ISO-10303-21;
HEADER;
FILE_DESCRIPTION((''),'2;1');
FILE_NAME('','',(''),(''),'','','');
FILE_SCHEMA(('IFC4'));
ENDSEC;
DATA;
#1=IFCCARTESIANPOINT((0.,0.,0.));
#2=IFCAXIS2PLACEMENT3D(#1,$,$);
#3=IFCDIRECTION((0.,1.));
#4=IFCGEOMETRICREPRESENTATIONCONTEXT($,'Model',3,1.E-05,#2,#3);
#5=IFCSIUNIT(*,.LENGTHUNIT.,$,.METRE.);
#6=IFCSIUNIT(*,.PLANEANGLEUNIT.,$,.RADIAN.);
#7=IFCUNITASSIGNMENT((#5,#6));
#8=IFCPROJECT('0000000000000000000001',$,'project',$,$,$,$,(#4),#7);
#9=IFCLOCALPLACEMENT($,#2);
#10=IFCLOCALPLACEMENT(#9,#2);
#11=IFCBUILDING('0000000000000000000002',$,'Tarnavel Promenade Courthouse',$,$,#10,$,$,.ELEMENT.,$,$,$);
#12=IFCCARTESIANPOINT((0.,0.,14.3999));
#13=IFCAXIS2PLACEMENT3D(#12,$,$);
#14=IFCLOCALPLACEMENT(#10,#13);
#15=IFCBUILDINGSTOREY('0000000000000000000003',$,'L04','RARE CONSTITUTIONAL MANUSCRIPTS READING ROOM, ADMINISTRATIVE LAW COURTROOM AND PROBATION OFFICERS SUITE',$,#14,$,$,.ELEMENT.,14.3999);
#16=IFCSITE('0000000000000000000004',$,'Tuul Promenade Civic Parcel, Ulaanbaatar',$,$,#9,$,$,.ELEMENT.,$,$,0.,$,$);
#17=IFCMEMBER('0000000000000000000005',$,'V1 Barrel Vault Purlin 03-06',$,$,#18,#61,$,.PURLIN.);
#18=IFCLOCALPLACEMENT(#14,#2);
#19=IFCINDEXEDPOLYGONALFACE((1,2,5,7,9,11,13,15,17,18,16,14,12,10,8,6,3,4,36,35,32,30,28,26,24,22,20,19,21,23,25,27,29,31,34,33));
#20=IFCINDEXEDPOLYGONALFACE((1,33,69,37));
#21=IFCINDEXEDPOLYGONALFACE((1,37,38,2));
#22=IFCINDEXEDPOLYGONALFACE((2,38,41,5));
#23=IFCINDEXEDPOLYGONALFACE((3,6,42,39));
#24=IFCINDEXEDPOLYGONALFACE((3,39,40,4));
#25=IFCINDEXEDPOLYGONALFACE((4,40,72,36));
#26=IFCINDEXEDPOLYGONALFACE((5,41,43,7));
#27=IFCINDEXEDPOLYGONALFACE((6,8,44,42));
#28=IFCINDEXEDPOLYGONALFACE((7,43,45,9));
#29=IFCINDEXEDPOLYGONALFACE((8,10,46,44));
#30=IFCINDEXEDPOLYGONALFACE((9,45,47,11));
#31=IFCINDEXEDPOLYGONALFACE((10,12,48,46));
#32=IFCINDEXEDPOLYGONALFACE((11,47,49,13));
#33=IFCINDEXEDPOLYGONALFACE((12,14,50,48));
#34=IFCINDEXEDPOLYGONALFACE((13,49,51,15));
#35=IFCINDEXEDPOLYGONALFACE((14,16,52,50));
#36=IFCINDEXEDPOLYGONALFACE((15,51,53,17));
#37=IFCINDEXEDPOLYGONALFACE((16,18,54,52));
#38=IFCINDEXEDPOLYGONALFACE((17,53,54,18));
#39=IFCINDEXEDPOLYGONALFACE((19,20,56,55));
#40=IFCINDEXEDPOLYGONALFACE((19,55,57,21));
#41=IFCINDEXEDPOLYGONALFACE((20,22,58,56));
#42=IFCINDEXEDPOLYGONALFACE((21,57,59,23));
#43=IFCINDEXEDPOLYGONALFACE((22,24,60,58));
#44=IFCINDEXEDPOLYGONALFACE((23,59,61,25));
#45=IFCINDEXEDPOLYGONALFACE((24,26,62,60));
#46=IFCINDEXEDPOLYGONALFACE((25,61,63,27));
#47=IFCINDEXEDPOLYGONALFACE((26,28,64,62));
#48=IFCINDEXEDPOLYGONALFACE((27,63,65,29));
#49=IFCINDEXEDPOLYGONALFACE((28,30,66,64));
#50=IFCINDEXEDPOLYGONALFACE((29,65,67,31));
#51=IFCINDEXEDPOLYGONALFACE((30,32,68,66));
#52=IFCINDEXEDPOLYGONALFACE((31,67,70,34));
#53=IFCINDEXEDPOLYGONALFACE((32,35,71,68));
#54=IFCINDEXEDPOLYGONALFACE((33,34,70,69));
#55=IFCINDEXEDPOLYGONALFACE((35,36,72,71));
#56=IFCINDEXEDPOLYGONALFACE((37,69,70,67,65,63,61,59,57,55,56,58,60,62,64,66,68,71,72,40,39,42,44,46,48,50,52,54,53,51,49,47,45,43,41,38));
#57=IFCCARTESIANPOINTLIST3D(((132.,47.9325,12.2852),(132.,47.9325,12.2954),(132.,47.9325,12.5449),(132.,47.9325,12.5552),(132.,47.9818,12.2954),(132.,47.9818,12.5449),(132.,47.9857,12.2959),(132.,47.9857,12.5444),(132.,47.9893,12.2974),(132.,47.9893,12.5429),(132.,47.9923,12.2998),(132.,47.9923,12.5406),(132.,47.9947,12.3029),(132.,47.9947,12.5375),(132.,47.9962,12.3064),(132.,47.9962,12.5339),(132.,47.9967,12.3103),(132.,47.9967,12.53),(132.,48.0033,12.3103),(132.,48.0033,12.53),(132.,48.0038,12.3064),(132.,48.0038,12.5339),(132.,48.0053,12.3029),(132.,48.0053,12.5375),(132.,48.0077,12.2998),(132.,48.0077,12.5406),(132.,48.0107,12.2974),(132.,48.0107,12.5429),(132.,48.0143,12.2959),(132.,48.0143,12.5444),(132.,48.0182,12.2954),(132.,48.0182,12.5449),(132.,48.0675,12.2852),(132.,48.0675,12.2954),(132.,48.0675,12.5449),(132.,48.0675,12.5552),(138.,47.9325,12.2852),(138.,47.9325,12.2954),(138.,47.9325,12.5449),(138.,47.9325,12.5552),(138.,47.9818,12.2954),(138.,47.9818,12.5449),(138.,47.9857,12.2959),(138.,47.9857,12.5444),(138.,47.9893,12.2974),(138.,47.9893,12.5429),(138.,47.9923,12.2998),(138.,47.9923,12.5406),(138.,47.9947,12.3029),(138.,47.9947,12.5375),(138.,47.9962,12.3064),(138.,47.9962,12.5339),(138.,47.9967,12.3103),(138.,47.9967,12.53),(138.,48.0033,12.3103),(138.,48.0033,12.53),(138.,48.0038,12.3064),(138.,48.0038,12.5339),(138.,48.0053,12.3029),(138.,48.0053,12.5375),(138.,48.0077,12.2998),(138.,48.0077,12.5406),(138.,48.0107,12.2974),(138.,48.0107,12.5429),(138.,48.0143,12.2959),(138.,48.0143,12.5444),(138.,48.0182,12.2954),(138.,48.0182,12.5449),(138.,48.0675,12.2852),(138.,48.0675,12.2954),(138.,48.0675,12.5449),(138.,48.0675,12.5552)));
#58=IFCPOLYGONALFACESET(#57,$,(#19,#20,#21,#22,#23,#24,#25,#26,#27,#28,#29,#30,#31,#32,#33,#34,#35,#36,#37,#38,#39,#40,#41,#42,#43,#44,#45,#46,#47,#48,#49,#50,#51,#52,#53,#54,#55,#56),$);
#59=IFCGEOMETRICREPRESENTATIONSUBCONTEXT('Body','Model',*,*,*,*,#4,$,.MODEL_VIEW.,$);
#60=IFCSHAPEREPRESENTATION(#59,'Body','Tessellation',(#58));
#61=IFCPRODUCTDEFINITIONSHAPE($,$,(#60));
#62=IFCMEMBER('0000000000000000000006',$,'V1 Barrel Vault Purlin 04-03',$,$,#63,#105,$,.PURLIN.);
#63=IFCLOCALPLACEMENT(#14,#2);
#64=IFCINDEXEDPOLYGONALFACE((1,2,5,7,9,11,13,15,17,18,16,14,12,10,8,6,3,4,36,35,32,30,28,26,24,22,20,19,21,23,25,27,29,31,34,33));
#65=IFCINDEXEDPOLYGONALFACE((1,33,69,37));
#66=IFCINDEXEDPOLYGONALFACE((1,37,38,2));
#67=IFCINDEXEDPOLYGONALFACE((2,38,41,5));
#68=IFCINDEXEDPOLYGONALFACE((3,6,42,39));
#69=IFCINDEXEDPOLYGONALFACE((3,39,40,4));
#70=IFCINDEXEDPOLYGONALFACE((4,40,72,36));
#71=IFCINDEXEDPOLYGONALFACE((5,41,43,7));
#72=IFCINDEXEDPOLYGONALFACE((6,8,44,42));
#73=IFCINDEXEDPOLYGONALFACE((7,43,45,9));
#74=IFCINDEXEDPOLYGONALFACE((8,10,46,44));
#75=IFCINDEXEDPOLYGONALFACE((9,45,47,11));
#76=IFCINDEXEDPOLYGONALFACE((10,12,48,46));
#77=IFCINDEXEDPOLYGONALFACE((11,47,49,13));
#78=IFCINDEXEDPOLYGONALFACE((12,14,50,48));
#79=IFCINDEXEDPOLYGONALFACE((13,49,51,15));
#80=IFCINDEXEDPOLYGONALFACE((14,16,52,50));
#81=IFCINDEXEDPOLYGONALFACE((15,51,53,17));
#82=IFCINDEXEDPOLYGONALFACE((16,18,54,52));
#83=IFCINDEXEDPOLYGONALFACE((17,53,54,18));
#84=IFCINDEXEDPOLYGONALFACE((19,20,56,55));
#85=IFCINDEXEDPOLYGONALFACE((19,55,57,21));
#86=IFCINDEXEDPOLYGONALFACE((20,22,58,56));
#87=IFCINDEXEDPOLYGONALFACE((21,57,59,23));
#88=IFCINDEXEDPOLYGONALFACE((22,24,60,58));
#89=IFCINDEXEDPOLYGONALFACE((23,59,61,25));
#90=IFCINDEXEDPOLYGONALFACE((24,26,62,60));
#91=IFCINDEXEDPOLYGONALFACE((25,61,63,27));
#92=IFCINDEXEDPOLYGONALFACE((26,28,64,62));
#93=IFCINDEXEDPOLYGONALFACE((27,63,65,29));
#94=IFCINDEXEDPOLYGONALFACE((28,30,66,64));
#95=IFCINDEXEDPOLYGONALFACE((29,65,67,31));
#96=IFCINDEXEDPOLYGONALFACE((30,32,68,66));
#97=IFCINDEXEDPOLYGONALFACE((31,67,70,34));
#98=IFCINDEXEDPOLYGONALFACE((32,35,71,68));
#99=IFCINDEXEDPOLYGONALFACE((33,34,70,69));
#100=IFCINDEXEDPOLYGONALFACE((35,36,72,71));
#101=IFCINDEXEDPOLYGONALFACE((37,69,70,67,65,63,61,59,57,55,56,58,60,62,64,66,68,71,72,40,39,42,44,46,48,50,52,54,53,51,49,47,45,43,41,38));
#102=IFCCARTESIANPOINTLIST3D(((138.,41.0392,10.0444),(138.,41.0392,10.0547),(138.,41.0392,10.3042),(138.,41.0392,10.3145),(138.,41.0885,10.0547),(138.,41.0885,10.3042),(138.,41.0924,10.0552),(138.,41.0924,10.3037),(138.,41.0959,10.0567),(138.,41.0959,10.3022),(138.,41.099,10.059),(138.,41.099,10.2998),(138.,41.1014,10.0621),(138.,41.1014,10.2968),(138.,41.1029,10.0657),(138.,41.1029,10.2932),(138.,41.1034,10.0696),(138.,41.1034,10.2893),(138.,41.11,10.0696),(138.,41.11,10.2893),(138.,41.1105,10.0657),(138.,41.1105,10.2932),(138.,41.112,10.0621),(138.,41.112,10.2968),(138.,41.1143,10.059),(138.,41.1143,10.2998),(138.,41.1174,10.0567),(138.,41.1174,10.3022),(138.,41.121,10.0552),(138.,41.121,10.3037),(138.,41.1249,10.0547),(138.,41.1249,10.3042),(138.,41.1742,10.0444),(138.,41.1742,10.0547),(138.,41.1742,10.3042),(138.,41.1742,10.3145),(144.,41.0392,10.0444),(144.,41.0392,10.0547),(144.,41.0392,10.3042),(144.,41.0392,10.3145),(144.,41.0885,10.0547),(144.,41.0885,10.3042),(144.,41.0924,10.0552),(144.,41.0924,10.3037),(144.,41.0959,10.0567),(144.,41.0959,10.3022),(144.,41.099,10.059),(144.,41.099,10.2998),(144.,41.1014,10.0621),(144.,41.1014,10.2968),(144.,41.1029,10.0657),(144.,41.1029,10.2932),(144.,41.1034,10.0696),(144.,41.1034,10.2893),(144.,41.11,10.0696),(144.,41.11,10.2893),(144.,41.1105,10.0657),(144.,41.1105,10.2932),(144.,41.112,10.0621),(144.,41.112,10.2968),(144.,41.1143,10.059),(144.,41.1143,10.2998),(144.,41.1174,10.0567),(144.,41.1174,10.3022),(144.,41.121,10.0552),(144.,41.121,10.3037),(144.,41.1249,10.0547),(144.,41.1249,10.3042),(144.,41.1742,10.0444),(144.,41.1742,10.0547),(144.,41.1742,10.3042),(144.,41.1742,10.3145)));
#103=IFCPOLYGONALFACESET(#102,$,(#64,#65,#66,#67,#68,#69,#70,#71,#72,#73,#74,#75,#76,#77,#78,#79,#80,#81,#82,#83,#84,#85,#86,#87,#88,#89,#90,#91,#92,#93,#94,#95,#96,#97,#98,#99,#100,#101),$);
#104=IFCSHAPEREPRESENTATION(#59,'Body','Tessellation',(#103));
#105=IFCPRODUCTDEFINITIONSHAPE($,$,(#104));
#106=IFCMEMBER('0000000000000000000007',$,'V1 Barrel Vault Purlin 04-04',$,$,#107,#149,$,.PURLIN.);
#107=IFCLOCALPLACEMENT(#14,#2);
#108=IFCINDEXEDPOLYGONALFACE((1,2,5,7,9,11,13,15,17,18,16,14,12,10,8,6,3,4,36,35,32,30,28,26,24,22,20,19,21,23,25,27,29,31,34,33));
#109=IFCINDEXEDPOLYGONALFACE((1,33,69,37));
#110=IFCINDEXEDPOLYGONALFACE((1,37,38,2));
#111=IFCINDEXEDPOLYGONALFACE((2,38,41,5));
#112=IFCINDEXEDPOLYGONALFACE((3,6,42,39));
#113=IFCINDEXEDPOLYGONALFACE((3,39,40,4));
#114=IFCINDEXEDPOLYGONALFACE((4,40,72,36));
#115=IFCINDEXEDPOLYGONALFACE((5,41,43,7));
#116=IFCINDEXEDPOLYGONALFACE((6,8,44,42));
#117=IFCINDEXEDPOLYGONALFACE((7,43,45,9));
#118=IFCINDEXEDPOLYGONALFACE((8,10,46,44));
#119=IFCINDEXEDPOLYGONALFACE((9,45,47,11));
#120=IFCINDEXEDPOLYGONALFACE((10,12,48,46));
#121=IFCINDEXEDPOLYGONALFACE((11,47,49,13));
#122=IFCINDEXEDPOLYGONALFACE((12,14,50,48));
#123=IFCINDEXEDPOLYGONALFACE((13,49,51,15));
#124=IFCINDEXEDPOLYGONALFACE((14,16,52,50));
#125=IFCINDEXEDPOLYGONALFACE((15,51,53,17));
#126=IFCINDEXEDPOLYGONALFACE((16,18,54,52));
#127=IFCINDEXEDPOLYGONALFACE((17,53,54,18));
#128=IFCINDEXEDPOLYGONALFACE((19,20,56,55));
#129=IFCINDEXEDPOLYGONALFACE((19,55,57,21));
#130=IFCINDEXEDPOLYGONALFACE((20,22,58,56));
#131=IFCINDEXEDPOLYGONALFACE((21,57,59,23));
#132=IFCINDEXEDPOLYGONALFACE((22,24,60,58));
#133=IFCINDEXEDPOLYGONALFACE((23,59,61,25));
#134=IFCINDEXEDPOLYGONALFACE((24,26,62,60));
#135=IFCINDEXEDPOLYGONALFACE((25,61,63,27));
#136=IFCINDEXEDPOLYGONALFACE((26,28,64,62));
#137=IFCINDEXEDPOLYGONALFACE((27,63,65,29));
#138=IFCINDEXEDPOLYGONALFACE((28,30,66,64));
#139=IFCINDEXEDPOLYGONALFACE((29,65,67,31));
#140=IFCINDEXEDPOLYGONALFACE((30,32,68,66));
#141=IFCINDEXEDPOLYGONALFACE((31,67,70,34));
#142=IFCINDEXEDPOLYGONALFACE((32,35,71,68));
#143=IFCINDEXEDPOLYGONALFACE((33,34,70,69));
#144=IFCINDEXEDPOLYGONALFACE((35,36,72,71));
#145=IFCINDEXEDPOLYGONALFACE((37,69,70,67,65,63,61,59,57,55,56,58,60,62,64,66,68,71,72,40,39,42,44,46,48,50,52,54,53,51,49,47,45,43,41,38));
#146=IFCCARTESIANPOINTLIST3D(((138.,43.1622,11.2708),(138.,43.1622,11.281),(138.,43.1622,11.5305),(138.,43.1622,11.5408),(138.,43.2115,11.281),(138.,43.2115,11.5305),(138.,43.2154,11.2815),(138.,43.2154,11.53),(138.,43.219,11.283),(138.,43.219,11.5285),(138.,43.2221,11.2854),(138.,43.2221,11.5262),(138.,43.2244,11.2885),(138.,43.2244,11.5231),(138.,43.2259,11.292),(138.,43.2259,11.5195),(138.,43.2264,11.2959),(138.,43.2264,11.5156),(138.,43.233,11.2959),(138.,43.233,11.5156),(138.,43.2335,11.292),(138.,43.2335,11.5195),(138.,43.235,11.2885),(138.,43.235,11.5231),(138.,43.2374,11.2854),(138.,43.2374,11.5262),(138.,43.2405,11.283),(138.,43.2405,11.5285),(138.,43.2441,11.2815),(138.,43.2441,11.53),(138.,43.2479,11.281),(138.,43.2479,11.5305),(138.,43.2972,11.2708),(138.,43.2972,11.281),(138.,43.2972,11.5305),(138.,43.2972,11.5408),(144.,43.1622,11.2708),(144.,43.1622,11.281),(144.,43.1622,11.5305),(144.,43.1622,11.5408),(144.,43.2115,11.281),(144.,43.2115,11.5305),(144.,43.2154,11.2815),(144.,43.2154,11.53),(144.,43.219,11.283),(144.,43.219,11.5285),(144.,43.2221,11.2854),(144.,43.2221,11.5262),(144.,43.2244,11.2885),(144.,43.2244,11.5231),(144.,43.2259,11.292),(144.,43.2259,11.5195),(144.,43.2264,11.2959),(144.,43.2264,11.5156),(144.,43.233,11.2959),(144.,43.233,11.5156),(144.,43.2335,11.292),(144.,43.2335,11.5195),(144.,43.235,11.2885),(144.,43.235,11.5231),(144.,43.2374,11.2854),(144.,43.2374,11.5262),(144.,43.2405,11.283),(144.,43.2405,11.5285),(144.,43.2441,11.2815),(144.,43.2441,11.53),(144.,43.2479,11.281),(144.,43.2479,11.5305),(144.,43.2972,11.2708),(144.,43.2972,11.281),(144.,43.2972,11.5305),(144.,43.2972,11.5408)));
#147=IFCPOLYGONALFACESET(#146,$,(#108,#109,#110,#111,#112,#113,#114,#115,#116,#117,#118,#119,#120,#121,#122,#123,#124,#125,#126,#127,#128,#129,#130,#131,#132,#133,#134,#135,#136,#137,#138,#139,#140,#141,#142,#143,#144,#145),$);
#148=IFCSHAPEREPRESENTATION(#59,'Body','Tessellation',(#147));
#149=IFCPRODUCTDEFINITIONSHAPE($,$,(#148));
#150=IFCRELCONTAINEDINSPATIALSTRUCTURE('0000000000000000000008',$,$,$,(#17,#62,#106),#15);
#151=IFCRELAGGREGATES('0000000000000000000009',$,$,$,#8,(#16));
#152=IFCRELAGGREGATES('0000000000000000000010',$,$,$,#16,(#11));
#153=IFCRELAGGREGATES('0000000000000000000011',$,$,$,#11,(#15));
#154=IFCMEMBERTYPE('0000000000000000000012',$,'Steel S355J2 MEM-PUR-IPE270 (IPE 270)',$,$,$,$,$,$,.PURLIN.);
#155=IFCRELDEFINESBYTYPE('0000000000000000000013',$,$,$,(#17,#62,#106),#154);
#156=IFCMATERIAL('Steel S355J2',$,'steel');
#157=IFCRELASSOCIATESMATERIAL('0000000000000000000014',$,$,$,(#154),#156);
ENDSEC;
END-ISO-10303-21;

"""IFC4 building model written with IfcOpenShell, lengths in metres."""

from ifc_helpers import new_model, si_unit, direction, frame, origin, origin_2d, place, context, subcontext, project, spatial, i_section, extrude, material, material_profile, profile_set, type_object, element, save


model = new_model("IFC4")

# Units and contexts
model_context = context("Model", 3, precision=1e-05, world=origin(), true_north=direction((0.0, 1.0)))
body_context = subcontext(model_context, "Body", "Model", "MODEL_VIEW")
ifc_project = project(units=[si_unit("LENGTHUNIT", "METRE"), si_unit("PLANEANGLEUNIT", "RADIAN")], contexts=[model_context])

# Site, building, storey
site_placement = place(None, origin())
site = spatial("IfcSite", under=ifc_project, at=site_placement, Name="Tuul Promenade Civic Parcel, Ulaanbaatar", CompositionType="ELEMENT", RefElevation=0.0)
building_placement = place(site_placement, origin())
building = spatial("IfcBuilding", under=site, at=building_placement, Name="Tarnavel Promenade Courthouse", CompositionType="ELEMENT")
storey_placement = place(building_placement, frame((0.0, 0.0, 14.3999)))
storey = spatial("IfcBuildingStorey", under=building, at=storey_placement, Name="L04", Description="RARE CONSTITUTIONAL MANUSCRIPTS READING ROOM, ADMINISTRATIVE LAW COURTROOM AND PROBATION OFFICERS SUITE", CompositionType="ELEMENT", Elevation=14.3999)

# Shared definitions
ifc_material_1 = material(Name="Steel S355J2", Category="steel")

# Members
ifc_material_profile_1 = material_profile(ifc_material_1, i_section(OverallWidth=0.135, OverallDepth=0.27, WebThickness=0.0066, FlangeThickness=0.0103, FilletRadius=0.0149, at=origin_2d()), Name="IPE 270")
ifc_profile_set_1 = profile_set([ifc_material_profile_1], Name="Steel S355J2")
member_type_1 = type_object("IfcMemberType", Name="Steel S355J2 MEM-PUR-IPE270 (IPE 270)", PredefinedType="PURLIN", material=ifc_profile_set_1)
for number, where, z_axis, x_axis, name in (
    (1, (132.0, 48.0, 12.4202), (1.0, 0.0, 0.0), (0.0, 1.0, 0.0), "V1 Barrel Vault Purlin 03-06"),
    (2, (138.0, 41.1067, 10.1794), (1.0, 0.0, 0.0), (0.0, 1.0, 0.0), "V1 Barrel Vault Purlin 04-03"),
    (3, (138.0, 43.2297, 11.4058), (1.0, 0.0, 0.0), (0.0, 1.0, 0.0), "V1 Barrel Vault Purlin 04-04"),
):
    element("IfcMember", number, at=place(storey_placement, frame(where, z_axis=z_axis, x_axis=x_axis)), inside=storey, type_object=member_type_1, Name=name, PredefinedType="PURLIN", context=body_context, shape_type="SweptSolid", body=[
        extrude(i_section(OverallWidth=0.135, OverallDepth=0.27, WebThickness=0.0066, FlangeThickness=0.0103, FilletRadius=0.0149, at=origin_2d()), origin(), (0.0, 0.0, 1.0), 6.0),
    ])

save(model, "model.ifc")
